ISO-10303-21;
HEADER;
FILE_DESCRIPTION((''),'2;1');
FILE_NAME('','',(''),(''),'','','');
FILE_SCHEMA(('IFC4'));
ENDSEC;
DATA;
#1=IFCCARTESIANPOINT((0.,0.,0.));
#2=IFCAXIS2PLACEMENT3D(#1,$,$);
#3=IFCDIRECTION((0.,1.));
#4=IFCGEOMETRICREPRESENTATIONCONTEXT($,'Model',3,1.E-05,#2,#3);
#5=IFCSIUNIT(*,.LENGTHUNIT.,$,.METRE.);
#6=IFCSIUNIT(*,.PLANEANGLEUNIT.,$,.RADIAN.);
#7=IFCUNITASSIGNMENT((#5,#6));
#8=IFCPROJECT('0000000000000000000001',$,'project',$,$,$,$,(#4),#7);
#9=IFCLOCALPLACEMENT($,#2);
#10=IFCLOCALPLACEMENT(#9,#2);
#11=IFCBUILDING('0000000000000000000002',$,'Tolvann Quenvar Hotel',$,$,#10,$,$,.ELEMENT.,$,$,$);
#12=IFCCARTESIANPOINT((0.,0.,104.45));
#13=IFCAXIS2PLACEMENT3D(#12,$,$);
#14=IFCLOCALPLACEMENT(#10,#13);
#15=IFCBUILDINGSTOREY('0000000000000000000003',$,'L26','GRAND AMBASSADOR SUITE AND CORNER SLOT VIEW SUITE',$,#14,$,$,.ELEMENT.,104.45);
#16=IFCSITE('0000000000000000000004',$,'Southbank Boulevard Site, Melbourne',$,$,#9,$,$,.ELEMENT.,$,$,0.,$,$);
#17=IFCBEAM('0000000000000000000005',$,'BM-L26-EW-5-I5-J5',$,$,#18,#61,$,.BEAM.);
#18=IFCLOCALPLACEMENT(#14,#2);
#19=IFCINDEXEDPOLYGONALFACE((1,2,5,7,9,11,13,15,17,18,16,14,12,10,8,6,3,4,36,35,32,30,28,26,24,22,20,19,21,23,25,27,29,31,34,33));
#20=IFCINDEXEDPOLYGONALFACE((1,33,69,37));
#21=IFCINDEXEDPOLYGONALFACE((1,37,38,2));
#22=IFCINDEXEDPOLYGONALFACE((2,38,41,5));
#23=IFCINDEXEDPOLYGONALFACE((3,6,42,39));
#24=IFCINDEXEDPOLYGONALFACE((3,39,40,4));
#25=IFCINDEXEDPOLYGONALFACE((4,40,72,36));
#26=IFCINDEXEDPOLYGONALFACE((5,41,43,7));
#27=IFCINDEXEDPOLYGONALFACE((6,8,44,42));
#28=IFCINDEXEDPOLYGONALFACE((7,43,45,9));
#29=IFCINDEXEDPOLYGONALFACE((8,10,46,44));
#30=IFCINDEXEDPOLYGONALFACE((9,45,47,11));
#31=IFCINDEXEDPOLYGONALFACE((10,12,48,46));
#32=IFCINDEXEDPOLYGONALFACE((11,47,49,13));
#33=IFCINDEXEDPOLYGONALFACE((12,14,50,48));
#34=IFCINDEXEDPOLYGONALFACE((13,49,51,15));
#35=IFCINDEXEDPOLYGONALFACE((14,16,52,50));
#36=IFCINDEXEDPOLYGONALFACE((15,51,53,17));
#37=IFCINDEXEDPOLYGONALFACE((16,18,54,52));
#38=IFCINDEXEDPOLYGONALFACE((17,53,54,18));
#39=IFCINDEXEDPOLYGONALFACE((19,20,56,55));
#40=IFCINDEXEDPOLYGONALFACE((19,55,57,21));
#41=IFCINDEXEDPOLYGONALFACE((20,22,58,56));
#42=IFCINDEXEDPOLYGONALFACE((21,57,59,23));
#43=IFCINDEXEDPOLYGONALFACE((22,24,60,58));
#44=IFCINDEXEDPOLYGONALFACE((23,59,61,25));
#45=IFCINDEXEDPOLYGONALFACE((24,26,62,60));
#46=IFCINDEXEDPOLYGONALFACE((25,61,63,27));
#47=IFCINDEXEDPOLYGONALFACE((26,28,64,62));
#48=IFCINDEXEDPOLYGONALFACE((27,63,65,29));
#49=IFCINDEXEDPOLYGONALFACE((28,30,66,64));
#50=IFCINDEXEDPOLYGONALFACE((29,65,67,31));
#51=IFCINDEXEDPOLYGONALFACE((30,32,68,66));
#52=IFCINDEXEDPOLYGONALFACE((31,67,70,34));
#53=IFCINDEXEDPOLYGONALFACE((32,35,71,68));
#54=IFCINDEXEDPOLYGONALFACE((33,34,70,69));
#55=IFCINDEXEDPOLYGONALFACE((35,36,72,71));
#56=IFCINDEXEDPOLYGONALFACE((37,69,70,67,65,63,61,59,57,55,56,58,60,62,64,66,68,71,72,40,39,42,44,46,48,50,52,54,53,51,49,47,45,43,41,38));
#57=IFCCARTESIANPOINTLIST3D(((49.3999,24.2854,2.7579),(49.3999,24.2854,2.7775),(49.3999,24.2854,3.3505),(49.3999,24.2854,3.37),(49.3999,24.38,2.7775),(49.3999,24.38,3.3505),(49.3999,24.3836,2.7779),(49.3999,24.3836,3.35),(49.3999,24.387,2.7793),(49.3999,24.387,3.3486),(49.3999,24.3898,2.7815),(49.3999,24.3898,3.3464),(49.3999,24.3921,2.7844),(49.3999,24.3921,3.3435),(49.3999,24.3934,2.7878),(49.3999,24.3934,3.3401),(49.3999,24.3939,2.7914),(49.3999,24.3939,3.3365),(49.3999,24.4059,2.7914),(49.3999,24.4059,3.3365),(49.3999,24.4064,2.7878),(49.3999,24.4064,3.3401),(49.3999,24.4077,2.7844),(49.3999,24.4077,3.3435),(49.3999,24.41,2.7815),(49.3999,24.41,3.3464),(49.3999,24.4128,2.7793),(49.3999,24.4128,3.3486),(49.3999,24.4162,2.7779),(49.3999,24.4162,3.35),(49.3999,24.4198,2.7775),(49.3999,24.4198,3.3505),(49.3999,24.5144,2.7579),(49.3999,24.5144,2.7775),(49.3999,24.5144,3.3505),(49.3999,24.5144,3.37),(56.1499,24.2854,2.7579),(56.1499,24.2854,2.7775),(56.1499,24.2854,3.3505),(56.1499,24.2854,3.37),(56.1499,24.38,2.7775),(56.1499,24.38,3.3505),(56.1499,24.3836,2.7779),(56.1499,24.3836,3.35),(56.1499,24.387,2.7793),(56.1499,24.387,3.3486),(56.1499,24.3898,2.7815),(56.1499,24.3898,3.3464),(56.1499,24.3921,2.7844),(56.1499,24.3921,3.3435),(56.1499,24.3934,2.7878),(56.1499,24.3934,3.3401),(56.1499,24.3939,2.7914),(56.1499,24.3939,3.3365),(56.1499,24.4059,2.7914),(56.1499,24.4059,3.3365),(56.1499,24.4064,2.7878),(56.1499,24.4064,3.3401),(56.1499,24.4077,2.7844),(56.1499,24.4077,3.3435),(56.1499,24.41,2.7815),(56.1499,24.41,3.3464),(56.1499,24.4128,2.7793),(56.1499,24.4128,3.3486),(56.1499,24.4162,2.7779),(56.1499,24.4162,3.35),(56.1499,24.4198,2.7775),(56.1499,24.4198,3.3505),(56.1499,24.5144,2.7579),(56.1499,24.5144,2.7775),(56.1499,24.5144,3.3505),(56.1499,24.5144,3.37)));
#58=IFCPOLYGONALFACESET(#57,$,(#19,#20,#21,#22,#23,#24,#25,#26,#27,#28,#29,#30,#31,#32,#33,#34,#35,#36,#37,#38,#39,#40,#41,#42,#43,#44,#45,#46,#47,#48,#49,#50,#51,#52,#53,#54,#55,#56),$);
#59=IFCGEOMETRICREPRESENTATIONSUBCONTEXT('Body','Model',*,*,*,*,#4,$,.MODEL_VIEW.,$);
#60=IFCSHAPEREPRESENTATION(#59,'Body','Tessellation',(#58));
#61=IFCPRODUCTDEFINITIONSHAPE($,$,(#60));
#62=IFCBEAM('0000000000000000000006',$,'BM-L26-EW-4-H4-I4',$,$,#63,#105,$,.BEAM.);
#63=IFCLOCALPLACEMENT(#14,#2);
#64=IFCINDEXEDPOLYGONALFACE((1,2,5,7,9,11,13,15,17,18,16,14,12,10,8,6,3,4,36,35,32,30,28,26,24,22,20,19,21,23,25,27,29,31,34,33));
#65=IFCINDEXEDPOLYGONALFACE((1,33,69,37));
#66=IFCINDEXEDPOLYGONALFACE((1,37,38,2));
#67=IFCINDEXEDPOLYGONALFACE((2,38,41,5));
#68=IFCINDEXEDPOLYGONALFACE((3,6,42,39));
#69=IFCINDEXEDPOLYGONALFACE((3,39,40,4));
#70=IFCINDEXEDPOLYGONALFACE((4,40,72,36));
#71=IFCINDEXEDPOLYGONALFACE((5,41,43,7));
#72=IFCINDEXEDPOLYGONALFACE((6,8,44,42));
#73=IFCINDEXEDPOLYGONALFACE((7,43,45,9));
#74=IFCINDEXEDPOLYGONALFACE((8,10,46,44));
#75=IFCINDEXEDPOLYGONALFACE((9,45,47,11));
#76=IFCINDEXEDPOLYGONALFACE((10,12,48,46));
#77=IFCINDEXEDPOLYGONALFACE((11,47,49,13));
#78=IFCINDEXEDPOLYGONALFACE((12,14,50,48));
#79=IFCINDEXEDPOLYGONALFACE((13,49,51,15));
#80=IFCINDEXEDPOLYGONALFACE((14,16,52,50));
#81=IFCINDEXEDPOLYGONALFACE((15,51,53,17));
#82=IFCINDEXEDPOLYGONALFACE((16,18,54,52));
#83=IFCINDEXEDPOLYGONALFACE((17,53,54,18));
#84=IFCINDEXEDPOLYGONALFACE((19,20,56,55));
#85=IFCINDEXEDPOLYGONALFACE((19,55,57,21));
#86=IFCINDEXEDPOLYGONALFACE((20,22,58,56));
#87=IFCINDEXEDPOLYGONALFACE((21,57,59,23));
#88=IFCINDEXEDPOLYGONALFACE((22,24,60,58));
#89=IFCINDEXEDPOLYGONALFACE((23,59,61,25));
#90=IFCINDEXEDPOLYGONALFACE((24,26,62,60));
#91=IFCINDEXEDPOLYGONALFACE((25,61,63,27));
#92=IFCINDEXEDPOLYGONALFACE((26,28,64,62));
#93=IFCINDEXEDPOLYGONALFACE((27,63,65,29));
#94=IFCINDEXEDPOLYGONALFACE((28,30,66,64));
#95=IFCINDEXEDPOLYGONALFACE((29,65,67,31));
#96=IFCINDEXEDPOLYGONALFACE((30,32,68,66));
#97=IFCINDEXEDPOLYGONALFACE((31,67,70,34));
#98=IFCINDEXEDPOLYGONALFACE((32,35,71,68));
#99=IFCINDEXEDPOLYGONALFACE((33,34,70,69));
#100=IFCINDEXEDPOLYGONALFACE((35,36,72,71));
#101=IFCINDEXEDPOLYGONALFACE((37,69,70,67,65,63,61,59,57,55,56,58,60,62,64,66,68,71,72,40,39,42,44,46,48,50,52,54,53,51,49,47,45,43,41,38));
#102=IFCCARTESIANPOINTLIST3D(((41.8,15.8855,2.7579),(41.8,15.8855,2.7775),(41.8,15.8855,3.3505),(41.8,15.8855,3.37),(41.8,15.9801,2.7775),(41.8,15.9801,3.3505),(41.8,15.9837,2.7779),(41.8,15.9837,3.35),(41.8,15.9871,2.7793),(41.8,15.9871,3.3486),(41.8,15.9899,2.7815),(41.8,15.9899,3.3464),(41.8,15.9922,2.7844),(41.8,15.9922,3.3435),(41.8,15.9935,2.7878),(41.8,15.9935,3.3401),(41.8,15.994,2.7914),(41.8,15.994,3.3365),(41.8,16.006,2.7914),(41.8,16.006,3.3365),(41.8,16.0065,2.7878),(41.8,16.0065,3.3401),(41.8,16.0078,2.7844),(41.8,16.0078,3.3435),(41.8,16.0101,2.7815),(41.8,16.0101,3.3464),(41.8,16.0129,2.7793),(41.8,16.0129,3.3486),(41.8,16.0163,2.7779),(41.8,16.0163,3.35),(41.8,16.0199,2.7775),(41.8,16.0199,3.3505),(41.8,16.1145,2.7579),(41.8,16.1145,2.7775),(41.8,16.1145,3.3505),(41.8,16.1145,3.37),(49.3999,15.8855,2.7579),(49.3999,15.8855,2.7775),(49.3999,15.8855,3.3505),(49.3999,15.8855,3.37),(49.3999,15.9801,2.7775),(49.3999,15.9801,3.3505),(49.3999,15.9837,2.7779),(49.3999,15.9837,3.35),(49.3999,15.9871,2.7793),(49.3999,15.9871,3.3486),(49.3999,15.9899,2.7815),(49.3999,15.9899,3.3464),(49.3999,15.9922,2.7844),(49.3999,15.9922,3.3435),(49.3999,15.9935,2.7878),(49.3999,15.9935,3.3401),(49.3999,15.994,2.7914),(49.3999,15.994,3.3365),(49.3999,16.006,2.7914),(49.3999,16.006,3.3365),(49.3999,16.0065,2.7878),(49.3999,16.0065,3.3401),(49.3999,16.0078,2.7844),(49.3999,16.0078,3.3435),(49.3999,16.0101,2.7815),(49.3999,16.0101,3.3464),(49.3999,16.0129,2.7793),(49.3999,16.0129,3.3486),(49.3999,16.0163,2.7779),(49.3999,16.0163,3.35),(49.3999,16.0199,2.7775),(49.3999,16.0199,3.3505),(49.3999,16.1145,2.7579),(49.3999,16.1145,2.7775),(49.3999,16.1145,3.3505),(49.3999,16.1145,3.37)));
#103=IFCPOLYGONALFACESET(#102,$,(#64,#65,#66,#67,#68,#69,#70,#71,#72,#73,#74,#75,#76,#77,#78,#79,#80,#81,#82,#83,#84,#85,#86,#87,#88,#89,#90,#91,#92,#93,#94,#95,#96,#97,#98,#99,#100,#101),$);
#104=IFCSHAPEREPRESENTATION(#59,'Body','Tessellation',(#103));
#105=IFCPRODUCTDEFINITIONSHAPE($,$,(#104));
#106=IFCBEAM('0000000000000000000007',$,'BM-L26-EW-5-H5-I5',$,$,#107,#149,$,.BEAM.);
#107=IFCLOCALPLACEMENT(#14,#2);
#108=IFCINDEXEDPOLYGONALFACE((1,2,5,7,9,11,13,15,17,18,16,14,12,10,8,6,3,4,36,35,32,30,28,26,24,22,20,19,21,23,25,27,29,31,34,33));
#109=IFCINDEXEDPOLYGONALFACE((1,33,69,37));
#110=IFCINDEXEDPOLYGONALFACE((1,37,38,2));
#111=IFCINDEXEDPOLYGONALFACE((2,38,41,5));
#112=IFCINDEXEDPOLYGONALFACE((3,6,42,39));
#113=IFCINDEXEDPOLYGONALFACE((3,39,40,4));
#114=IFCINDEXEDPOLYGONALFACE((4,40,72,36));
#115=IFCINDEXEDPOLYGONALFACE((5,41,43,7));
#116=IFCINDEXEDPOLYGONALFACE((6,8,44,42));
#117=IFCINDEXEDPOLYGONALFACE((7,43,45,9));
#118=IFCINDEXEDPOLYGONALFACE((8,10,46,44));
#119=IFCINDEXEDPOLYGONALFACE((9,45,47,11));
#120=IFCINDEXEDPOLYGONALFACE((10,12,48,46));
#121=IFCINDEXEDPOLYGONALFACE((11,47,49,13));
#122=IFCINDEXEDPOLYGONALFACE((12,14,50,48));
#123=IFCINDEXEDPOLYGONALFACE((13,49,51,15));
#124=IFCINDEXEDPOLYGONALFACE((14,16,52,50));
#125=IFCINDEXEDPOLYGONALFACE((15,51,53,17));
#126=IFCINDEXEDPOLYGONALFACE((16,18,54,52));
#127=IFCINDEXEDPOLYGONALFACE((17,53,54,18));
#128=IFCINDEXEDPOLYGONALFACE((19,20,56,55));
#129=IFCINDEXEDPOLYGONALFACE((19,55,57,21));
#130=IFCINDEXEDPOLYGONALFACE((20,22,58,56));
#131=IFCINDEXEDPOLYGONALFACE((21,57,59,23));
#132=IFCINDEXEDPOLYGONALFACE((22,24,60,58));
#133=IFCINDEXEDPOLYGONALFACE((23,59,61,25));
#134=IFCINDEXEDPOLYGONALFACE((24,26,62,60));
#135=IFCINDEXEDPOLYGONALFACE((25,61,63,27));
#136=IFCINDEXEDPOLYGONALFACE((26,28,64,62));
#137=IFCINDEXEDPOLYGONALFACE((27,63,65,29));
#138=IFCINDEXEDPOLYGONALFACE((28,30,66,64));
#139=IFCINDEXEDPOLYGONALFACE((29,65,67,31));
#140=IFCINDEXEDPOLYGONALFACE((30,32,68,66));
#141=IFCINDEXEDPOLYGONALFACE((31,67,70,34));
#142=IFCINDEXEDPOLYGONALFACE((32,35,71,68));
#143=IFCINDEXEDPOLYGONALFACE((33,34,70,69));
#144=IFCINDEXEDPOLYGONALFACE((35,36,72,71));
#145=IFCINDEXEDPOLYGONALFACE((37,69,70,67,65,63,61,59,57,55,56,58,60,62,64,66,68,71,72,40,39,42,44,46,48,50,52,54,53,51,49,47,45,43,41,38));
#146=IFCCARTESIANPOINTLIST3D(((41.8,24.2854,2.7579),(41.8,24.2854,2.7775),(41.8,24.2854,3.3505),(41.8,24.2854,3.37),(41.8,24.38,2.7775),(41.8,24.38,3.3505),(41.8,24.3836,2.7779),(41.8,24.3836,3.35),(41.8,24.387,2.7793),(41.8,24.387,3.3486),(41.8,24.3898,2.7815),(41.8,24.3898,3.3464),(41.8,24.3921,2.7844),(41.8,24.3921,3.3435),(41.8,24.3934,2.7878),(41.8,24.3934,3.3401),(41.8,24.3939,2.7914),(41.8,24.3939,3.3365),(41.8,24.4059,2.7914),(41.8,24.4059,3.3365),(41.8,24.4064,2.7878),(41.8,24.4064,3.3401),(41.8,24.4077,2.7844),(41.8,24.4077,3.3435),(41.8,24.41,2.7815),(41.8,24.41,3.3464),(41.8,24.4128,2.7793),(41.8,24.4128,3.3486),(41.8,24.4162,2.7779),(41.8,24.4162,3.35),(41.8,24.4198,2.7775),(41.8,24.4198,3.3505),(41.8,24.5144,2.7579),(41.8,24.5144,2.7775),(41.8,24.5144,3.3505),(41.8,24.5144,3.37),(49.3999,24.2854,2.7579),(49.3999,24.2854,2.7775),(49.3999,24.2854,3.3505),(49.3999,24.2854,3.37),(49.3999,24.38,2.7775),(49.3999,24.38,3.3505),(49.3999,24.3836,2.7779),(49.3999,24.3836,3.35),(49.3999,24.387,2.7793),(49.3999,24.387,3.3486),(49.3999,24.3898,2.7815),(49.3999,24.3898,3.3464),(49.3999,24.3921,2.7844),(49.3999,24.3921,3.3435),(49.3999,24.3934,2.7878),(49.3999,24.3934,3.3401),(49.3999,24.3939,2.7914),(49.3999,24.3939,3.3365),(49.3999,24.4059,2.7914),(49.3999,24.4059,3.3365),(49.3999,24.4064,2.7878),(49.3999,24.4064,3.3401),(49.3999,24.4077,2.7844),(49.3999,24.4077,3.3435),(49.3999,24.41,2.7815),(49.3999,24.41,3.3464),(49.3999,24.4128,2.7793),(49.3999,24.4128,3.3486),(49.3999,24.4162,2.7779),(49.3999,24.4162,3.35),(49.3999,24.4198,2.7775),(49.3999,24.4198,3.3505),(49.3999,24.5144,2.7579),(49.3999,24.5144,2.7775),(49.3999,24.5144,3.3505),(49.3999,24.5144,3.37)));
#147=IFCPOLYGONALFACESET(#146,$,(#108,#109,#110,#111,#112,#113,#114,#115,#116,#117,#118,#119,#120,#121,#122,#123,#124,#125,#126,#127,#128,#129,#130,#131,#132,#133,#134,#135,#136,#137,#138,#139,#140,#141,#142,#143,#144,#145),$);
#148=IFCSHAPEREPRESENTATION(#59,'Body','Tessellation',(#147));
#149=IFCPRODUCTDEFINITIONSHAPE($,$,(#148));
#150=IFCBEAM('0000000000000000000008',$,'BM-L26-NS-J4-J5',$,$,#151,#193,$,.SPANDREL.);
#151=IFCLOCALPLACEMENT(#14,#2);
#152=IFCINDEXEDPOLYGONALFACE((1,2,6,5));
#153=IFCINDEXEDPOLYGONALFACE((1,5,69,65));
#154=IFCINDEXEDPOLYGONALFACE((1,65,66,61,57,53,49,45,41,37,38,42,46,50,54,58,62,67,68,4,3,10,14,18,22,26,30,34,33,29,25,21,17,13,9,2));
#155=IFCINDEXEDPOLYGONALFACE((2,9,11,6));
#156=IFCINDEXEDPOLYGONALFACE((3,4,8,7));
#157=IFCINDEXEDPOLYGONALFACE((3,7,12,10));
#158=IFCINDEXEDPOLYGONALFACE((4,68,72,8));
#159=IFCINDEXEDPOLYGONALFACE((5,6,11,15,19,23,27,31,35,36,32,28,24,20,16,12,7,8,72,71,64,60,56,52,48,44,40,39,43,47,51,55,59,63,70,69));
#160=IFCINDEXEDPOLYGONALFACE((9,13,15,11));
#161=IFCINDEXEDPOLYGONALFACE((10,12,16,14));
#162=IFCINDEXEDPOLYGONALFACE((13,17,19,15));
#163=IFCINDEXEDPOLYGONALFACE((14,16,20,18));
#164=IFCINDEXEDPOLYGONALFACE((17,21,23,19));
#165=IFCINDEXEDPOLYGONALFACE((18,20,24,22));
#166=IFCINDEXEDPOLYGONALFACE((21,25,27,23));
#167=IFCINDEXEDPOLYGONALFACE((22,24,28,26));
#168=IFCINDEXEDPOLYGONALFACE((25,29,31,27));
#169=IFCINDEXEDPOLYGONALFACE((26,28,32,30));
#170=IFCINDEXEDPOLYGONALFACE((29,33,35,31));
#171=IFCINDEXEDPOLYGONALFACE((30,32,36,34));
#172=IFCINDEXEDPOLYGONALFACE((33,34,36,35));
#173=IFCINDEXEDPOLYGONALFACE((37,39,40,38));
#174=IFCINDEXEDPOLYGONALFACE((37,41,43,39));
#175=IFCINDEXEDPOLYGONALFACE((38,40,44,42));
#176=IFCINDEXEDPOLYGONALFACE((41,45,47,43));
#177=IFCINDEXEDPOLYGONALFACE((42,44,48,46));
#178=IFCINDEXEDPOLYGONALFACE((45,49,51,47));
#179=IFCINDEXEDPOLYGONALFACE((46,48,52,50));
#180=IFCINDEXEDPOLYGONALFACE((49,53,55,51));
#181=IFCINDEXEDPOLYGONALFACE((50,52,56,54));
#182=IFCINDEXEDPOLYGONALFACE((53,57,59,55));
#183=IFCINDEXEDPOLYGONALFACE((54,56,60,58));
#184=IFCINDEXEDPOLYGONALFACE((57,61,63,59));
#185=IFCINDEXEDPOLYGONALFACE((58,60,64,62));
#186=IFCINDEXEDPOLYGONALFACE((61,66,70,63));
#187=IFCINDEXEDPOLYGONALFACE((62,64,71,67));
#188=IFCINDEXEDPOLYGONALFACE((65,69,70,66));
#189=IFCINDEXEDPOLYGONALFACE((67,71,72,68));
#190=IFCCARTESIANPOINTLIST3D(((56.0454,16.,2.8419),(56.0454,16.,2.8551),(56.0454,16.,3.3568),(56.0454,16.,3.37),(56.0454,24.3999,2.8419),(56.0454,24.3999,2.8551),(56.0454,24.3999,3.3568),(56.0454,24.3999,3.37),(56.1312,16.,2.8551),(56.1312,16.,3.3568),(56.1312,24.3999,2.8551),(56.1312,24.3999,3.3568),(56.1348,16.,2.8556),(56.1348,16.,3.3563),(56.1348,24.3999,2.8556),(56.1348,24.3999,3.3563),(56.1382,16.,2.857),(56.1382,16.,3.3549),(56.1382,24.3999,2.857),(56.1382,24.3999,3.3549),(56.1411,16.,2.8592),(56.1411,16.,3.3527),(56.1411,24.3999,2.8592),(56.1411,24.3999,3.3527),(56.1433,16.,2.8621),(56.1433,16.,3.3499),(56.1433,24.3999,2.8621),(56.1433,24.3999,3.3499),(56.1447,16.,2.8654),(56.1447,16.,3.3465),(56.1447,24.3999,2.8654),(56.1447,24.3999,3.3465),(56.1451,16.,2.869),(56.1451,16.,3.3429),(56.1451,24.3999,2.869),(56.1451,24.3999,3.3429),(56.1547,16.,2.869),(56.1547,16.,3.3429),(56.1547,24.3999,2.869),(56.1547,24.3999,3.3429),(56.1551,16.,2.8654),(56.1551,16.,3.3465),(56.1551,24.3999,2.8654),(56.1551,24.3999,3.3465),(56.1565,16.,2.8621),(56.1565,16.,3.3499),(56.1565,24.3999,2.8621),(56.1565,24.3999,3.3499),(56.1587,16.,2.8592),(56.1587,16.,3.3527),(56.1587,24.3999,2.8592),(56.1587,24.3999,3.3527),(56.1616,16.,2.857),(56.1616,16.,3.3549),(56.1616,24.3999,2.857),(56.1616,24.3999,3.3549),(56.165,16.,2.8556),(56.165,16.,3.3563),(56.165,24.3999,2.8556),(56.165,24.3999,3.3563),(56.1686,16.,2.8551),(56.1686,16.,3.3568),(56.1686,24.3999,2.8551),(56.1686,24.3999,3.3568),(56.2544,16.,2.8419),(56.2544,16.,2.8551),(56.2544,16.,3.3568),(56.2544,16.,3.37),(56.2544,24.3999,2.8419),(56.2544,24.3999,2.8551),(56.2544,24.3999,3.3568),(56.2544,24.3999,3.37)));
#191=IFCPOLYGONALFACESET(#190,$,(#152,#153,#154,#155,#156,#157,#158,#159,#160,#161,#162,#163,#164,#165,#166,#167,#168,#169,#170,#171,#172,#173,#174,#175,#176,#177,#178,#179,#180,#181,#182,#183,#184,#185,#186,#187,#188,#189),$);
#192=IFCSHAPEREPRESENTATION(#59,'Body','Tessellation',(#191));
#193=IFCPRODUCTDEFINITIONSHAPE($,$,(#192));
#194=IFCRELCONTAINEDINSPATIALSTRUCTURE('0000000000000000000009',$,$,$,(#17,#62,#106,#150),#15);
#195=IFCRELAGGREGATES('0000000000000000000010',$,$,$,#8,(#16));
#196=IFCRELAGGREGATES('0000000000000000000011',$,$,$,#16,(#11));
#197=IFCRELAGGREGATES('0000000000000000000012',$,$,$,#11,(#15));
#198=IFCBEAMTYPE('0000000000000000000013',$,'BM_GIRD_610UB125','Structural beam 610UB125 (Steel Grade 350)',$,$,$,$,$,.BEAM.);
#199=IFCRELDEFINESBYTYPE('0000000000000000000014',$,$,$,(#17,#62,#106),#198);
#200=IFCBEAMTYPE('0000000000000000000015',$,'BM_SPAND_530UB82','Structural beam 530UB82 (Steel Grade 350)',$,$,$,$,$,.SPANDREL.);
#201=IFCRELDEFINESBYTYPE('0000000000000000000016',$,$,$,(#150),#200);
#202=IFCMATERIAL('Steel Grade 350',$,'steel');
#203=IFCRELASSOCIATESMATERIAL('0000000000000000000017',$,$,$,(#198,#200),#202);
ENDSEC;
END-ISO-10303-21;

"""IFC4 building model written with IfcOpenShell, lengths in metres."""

from ifc_helpers import new_model, si_unit, direction, frame, origin, origin_2d, place, context, subcontext, project, spatial, i_section, extrude, source, transform, mapped, material, material_profile, profile_set, type_object, type_shapes, element, save


model = new_model("IFC4")

# Units and contexts
model_context = context("Model", 3, precision=1e-05, world=origin(), true_north=direction((0.0, 1.0)))
body_context = subcontext(model_context, "Body", "Model", "MODEL_VIEW")
ifc_project = project(units=[si_unit("LENGTHUNIT", "METRE"), si_unit("PLANEANGLEUNIT", "RADIAN")], contexts=[model_context])

# Site, building, storey
site_placement = place(None, origin())
site = spatial("IfcSite", under=ifc_project, at=site_placement, Name="Southbank Boulevard Site, Melbourne", CompositionType="ELEMENT", RefElevation=0.0)
building_placement = place(site_placement, origin())
building = spatial("IfcBuilding", under=site, at=building_placement, Name="Tolvann Quenvar Hotel", CompositionType="ELEMENT")
storey_placement = place(building_placement, frame((0.0, 0.0, 104.45)))
storey = spatial("IfcBuildingStorey", under=building, at=storey_placement, Name="L26", Description="GRAND AMBASSADOR SUITE AND CORNER SLOT VIEW SUITE", CompositionType="ELEMENT", Elevation=104.45)

# Shared definitions
ifc_material_1 = material(Name="Steel Grade 350", Category="steel")

# Beams
ifc_material_profile_1 = material_profile(ifc_material_1, i_section(OverallWidth=0.229, OverallDepth=0.6121, WebThickness=0.012, FlangeThickness=0.0195, FilletRadius=0.0139, at=origin_2d()), Name="610UB125")
ifc_profile_set_1 = profile_set([ifc_material_profile_1], Name="Steel Grade 350")
beam_type_1 = type_object("IfcBeamType", Name="BM_GIRD_610UB125", Description="Structural beam 610UB125 (Steel Grade 350)", PredefinedType="BEAM", material=ifc_profile_set_1)
shared_shape_1 = source(origin(), body_context, "Body", "SweptSolid", [
    extrude(i_section(OverallWidth=0.229, OverallDepth=0.6121, WebThickness=0.012, FlangeThickness=0.0195, FilletRadius=0.0139, at=origin_2d()), origin(), (0.0, 0.0, 1.0), 6.75),
])
for number, where, z_axis, x_axis, name in (
    (1, (49.3999, 24.3999, 3.064), (1.0, 0.0, 0.0), (0.0, 1.0, 0.0), "BM-L26-EW-5-I5-J5"),
):
    element("IfcBeam", number, at=place(storey_placement, frame(where, z_axis=z_axis, x_axis=x_axis)), inside=storey, type_object=beam_type_1, Name=name, PredefinedType="BEAM", context=body_context, shape_type="MappedRepresentation", body=[
        mapped(shared_shape_1, transform((0.0, 0.0, 0.0), x_axis=(1.0, 0.0, 0.0), y_axis=(0.0, 1.0, 0.0), z_axis=(0.0, 0.0, 1.0), scale=1.0)),
    ])
shared_shape_2 = source(origin(), body_context, "Body", "SweptSolid", [
    extrude(i_section(OverallWidth=0.229, OverallDepth=0.6121, WebThickness=0.012, FlangeThickness=0.0195, FilletRadius=0.0139, at=origin_2d()), origin(), (0.0, 0.0, 1.0), 7.5999),
])
for number, where, z_axis, x_axis, name in (
    (2, (41.8, 16.0, 3.064), (1.0, 0.0, 0.0), (0.0, 1.0, 0.0), "BM-L26-EW-4-H4-I4"),
    (3, (41.8, 24.3999, 3.064), (1.0, 0.0, 0.0), (0.0, 1.0, 0.0), "BM-L26-EW-5-H5-I5"),
):
    element("IfcBeam", number, at=place(storey_placement, frame(where, z_axis=z_axis, x_axis=x_axis)), inside=storey, type_object=beam_type_1, Name=name, PredefinedType="BEAM", context=body_context, shape_type="MappedRepresentation", body=[
        mapped(shared_shape_2, transform((0.0, 0.0, 0.0), x_axis=(1.0, 0.0, 0.0), y_axis=(0.0, 1.0, 0.0), z_axis=(0.0, 0.0, 1.0), scale=1.0)),
    ])
ifc_material_profile_2 = material_profile(ifc_material_1, i_section(OverallWidth=0.209, OverallDepth=0.5281, WebThickness=0.0095, FlangeThickness=0.0132, FilletRadius=0.0139, at=origin_2d()), Name="530UB82")
ifc_profile_set_2 = profile_set([ifc_material_profile_2], Name="Steel Grade 350")
beam_type_2 = type_object("IfcBeamType", Name="BM_SPAND_530UB82", Description="Structural beam 530UB82 (Steel Grade 350)", PredefinedType="SPANDREL", material=ifc_profile_set_2)
shared_shape_3 = source(origin(), body_context, "Body", "SweptSolid", [
    extrude(i_section(OverallWidth=0.209, OverallDepth=0.5281, WebThickness=0.0095, FlangeThickness=0.0132, FilletRadius=0.0139, at=origin_2d()), origin(), (0.0, 0.0, 1.0), 8.3999),
])
type_shapes(beam_type_2, [shared_shape_3])
beam_1_placement = place(storey_placement, frame((56.1499, 16.0, 3.106), z_axis=(0.0, 1.0, 0.0), x_axis=(-1.0, 0.0, 0.0)))
element("IfcBeam", 4, at=beam_1_placement, inside=storey, type_object=beam_type_2, Name="BM-L26-NS-J4-J5", PredefinedType="SPANDREL", context=body_context, shape_type="MappedRepresentation", body=[
    mapped(shared_shape_3, transform((0.0, 0.0, 0.0), x_axis=(1.0, 0.0, 0.0), y_axis=(0.0, 1.0, 0.0), z_axis=(0.0, 0.0, 1.0), scale=1.0)),
])

save(model, "model.ifc")
